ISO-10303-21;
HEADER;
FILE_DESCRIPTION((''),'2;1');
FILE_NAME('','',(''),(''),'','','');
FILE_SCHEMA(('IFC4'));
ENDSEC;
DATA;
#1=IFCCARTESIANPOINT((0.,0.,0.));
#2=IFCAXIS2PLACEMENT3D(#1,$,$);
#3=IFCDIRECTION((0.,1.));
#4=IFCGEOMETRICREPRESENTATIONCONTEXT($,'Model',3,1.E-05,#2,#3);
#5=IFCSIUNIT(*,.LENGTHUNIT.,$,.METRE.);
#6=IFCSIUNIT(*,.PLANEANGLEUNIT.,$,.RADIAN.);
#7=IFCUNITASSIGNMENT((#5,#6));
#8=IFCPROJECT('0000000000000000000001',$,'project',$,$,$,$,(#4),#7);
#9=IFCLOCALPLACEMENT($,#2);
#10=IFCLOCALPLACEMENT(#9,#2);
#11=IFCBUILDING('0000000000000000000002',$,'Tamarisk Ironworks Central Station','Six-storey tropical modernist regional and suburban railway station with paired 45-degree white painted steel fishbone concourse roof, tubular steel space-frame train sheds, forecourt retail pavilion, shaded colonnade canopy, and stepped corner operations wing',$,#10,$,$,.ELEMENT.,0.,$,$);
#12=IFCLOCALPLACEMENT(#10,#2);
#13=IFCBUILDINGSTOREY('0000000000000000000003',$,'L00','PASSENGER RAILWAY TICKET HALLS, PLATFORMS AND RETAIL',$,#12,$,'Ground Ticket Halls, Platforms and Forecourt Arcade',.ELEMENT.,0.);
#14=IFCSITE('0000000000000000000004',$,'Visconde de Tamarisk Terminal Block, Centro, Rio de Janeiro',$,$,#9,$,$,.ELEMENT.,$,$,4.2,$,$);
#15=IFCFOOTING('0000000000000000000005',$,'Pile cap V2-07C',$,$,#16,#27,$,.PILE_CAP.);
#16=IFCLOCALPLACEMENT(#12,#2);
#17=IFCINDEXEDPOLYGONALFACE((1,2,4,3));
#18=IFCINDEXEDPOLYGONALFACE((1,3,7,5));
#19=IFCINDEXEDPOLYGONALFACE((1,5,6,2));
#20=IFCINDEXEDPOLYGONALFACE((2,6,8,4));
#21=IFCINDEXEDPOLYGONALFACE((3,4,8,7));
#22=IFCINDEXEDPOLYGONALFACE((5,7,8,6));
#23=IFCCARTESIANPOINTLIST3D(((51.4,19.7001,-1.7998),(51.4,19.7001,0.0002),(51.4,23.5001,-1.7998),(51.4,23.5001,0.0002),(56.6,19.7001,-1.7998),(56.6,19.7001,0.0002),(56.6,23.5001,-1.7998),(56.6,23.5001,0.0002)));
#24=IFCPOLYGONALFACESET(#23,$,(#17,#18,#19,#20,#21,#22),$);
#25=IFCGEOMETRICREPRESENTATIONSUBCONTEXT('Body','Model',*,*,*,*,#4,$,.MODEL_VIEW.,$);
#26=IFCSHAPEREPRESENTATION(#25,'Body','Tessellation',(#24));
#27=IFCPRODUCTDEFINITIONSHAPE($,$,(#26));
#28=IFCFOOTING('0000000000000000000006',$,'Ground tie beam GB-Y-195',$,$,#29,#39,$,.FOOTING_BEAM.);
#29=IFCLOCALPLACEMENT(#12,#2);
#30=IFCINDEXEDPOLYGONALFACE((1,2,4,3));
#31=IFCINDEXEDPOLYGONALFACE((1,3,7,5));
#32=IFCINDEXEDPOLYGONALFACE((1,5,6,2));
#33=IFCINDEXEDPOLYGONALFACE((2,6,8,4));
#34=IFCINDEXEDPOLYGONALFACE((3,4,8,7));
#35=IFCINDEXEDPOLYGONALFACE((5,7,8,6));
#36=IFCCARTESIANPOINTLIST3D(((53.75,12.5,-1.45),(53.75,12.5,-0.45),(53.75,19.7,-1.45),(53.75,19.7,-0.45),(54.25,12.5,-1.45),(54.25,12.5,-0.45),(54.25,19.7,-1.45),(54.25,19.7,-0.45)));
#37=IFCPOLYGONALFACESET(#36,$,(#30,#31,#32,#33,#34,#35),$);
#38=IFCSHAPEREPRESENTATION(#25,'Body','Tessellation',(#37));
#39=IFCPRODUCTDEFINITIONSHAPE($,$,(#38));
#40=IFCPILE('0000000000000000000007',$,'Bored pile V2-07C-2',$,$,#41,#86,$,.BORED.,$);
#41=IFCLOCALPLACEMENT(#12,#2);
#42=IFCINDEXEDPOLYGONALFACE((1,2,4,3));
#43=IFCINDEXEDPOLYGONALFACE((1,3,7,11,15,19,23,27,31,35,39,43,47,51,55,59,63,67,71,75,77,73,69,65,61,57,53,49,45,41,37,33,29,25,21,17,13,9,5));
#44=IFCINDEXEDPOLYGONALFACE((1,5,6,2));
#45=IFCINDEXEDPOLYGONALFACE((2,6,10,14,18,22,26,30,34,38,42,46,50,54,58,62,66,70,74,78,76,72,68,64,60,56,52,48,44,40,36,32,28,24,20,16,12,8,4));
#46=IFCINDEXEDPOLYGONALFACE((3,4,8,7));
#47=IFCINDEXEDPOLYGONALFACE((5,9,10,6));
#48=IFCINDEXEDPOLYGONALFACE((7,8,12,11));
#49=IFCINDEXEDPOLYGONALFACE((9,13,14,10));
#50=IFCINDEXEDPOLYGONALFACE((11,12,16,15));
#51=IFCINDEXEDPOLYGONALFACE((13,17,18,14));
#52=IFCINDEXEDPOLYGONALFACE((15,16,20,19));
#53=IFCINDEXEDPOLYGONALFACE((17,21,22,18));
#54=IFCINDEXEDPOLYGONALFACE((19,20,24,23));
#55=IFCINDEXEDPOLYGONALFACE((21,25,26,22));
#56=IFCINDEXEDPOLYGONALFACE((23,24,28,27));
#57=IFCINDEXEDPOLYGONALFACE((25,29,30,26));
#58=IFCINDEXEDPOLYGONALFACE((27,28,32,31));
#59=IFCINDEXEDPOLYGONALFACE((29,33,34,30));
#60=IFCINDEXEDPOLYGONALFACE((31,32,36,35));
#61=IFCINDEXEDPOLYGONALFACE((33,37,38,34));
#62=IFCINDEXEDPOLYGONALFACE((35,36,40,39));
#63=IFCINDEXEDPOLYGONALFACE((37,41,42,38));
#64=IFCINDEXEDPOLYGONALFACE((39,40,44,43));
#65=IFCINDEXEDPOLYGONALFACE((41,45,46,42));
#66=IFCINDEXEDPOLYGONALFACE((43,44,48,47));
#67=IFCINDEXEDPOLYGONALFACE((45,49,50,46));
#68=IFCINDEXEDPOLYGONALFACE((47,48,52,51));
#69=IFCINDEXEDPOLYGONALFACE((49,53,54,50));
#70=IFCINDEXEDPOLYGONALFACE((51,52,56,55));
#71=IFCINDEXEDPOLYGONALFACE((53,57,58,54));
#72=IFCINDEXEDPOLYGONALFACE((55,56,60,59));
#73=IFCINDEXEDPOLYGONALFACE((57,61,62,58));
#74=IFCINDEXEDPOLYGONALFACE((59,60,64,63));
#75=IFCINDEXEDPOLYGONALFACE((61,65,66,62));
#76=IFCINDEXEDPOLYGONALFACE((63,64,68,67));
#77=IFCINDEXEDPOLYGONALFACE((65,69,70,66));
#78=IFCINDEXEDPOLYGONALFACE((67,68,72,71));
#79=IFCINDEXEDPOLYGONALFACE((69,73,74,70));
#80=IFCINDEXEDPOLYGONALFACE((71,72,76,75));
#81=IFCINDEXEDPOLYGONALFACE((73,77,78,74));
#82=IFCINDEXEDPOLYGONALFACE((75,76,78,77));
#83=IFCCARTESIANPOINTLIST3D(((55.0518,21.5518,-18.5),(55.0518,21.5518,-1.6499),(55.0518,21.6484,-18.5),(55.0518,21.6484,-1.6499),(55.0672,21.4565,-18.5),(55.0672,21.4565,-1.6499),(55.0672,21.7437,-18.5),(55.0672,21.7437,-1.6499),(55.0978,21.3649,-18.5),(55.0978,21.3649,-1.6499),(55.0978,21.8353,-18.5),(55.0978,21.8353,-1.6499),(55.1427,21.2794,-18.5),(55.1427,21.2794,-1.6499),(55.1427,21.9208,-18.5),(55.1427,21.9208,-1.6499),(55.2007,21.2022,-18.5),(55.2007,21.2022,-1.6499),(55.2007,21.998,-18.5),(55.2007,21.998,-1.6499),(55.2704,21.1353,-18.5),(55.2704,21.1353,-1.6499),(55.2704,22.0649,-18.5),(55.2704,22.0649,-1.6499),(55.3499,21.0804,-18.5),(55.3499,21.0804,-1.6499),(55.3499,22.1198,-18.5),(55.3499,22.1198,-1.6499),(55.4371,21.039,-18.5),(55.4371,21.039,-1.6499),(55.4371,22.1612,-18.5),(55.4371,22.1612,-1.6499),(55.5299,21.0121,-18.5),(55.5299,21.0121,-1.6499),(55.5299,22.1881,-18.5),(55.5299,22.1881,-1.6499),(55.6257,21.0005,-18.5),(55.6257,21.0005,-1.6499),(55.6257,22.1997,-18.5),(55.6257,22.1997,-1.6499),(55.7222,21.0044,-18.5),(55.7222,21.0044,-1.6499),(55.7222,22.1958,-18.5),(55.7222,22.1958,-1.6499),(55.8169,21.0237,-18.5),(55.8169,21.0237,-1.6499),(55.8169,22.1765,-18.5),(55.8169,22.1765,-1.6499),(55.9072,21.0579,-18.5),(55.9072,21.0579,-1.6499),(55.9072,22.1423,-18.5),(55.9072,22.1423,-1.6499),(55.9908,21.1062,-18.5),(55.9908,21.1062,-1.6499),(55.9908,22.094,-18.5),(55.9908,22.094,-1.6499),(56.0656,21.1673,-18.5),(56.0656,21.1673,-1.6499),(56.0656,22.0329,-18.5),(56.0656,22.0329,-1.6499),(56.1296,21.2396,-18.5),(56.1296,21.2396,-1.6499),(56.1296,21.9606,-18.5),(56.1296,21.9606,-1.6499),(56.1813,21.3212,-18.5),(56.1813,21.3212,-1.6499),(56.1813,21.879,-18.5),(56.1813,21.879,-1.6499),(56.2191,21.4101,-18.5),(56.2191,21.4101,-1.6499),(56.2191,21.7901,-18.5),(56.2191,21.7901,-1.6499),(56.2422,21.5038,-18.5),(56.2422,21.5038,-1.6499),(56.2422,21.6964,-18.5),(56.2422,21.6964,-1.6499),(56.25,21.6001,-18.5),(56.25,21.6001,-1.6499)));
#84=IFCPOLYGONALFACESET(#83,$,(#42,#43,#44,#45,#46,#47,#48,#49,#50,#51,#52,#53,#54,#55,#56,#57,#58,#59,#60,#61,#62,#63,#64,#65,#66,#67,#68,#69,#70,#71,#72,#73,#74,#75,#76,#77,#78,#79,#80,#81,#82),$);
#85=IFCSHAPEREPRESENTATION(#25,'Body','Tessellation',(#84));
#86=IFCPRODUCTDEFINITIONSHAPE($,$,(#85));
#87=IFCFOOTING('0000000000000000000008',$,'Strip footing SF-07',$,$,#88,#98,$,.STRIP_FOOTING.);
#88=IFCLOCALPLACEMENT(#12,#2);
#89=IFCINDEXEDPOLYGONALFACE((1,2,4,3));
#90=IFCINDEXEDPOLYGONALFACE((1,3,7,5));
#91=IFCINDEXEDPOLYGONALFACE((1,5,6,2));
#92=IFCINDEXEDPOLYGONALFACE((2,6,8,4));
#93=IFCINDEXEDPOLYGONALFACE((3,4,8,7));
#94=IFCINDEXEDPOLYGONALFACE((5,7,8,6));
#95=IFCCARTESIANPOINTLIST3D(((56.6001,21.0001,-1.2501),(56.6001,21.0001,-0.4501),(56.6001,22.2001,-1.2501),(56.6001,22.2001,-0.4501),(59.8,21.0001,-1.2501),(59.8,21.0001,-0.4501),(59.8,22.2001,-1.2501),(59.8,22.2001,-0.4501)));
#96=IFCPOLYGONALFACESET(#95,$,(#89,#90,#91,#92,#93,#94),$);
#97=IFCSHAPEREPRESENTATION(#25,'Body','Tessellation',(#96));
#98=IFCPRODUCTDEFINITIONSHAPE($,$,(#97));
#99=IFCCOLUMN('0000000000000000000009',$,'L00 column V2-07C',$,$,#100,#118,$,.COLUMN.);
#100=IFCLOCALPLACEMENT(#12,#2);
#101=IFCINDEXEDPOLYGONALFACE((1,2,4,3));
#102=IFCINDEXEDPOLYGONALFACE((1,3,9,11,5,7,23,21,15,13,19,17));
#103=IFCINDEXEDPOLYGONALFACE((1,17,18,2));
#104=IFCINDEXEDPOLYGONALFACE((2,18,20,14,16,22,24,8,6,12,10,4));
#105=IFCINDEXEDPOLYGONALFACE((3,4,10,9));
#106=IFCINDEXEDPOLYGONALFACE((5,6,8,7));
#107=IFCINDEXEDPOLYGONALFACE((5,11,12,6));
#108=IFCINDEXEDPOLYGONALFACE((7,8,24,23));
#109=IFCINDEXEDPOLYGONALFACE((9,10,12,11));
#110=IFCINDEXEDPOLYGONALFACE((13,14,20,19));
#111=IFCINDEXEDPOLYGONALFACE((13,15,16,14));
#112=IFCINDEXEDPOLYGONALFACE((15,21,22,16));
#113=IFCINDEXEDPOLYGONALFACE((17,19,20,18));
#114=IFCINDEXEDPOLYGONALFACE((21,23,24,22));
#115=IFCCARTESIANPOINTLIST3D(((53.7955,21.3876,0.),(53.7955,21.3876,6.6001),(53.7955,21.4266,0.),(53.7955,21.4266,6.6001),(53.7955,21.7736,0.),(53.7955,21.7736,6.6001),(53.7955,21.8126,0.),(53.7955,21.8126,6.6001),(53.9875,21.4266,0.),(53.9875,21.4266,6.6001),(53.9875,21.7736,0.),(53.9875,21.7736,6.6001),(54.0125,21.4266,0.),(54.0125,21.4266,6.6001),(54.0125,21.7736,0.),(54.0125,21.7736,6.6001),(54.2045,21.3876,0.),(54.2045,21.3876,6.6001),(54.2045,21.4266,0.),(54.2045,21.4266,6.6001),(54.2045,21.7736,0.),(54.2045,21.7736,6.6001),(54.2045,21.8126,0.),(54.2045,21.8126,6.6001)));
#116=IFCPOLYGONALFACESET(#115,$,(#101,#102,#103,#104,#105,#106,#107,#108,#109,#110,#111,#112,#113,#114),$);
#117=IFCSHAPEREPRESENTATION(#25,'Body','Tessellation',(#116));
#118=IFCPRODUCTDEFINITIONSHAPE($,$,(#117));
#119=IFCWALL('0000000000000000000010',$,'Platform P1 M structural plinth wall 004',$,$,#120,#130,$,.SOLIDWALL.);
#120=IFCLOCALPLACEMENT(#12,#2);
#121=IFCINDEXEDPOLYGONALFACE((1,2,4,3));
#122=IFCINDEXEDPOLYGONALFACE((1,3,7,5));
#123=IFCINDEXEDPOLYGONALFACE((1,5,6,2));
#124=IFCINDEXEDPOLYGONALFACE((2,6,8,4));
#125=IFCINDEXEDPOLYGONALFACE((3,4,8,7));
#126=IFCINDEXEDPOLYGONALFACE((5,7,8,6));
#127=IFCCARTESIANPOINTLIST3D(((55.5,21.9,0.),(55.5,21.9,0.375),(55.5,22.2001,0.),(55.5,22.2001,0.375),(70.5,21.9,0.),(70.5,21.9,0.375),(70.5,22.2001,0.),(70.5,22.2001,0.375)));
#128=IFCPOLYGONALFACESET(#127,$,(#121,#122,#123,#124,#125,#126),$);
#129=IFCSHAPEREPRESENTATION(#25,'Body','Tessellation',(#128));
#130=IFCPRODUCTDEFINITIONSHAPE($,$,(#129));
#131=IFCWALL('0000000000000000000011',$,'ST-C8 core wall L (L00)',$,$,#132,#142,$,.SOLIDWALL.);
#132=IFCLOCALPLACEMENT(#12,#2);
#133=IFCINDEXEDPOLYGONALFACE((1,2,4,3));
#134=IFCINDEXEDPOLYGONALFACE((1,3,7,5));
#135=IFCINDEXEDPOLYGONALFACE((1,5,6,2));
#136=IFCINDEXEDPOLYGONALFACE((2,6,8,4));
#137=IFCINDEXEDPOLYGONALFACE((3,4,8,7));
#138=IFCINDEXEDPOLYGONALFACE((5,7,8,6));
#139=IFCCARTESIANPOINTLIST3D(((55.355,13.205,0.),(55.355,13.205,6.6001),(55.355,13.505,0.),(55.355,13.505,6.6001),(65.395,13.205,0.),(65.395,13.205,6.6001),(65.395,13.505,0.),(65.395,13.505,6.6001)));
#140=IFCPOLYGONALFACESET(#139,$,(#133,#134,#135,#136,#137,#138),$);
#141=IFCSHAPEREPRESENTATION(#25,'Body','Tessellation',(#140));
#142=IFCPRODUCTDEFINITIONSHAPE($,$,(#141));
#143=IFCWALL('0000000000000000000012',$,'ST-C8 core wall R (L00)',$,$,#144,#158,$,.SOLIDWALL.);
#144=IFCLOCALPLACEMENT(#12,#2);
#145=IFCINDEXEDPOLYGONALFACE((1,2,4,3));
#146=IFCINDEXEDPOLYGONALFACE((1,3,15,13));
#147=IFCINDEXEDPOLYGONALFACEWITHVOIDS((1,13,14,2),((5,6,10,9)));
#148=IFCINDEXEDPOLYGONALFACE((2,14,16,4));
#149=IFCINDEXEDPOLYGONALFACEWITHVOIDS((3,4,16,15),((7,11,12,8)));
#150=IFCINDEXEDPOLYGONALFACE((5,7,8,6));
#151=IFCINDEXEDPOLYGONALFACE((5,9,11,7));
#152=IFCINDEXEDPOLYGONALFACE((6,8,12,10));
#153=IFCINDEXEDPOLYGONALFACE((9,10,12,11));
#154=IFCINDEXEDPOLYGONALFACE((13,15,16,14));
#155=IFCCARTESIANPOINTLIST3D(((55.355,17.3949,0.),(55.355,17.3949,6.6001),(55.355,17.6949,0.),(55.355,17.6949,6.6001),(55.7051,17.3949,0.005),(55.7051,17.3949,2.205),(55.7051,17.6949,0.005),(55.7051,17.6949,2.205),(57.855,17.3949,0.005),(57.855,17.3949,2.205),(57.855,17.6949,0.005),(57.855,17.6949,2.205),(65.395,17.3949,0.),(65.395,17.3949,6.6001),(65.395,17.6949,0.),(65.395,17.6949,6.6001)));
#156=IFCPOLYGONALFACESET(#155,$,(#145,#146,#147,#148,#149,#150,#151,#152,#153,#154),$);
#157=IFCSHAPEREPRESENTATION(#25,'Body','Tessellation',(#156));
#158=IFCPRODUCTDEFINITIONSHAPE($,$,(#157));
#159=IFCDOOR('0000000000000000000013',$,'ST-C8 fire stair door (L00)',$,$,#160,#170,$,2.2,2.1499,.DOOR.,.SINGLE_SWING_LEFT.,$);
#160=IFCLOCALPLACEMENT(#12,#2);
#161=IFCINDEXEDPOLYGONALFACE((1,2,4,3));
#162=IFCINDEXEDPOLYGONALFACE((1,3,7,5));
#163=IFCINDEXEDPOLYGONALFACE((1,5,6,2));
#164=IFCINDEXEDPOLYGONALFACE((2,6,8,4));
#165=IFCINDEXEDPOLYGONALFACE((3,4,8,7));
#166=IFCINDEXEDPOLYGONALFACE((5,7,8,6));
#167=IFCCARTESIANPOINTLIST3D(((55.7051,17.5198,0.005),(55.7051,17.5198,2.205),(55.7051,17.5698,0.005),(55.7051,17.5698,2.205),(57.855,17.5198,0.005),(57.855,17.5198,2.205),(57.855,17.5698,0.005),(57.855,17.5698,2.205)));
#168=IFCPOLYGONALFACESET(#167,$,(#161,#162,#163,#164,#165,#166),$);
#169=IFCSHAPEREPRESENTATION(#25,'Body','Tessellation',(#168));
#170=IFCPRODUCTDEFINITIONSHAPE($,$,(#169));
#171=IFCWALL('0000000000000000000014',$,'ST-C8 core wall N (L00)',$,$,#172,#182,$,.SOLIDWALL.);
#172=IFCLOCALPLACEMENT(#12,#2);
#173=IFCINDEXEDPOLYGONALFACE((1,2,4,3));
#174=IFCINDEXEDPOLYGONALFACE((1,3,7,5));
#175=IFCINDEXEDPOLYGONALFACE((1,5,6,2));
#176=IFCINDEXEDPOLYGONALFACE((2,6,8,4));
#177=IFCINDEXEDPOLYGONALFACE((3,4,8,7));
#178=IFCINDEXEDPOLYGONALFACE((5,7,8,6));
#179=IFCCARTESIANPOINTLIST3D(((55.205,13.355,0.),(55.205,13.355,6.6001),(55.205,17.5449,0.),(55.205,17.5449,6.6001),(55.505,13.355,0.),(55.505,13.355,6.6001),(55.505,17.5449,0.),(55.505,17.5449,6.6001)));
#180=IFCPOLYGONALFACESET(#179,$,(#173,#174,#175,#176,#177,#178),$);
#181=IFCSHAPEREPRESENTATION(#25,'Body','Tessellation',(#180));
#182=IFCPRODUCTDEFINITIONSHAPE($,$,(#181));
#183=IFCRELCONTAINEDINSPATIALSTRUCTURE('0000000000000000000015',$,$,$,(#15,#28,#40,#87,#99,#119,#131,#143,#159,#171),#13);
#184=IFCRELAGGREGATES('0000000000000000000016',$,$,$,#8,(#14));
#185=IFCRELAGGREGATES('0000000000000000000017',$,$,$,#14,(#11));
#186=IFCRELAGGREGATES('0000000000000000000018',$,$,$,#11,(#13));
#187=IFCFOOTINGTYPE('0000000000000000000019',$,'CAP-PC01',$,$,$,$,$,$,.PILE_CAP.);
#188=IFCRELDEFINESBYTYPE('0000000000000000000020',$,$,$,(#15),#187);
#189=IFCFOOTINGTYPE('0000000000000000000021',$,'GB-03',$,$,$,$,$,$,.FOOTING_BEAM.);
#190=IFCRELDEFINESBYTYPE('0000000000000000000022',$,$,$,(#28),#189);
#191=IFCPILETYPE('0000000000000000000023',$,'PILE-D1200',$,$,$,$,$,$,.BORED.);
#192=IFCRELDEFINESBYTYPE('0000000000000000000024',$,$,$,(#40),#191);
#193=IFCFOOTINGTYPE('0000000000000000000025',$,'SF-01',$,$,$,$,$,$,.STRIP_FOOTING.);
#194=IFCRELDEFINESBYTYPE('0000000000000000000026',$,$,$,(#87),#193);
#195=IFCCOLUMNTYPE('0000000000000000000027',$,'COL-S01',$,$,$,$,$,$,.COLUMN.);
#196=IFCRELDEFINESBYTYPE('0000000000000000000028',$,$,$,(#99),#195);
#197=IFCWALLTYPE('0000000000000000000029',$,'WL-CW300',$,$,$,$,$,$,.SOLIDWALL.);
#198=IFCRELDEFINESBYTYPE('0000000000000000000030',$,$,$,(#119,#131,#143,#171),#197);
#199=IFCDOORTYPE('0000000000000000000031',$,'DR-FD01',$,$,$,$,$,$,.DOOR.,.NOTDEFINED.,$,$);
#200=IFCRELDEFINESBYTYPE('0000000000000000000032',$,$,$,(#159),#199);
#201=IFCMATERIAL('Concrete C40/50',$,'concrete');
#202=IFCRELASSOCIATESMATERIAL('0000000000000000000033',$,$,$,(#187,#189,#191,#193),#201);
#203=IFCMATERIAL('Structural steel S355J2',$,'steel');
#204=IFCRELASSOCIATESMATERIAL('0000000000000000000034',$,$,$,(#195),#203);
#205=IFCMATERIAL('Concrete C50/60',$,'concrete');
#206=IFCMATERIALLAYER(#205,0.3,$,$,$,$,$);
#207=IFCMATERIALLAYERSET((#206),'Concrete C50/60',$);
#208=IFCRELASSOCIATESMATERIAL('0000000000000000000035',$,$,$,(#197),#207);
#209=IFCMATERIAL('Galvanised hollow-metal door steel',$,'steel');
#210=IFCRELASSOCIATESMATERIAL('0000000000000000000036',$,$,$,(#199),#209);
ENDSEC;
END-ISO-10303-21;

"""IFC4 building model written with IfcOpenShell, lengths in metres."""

from ifc_helpers import new_model, si_unit, direction, frame, frame_2d, origin, origin_2d, place, context, subcontext, project, spatial, rectangle, circle, i_section, extrude, material, layer, layer_set, material_profile, profile_set, type_object, element, fill, save


model = new_model("IFC4")

# Units and contexts
model_context = context("Model", 3, precision=1e-05, world=origin(), true_north=direction((0.0, 1.0)))
body_context = subcontext(model_context, "Body", "Model", "MODEL_VIEW")
ifc_project = project(units=[si_unit("LENGTHUNIT", "METRE"), si_unit("PLANEANGLEUNIT", "RADIAN")], contexts=[model_context])

# Site, building, storey
site_placement = place(None, origin())
site = spatial("IfcSite", under=ifc_project, at=site_placement, Name="Visconde de Tamarisk Terminal Block, Centro, Rio de Janeiro", CompositionType="ELEMENT", RefElevation=4.2)
building_placement = place(site_placement, origin())
building = spatial("IfcBuilding", under=site, at=building_placement, Name="Tamarisk Ironworks Central Station", Description="Six-storey tropical modernist regional and suburban railway station with paired 45-degree white painted steel fishbone concourse roof, tubular steel space-frame train sheds, forecourt retail pavilion, shaded colonnade canopy, and stepped corner operations wing", CompositionType="ELEMENT", ElevationOfRefHeight=0.0)
storey_placement = place(building_placement, origin())
storey = spatial("IfcBuildingStorey", under=building, at=storey_placement, Name="L00", Description="PASSENGER RAILWAY TICKET HALLS, PLATFORMS AND RETAIL", LongName="Ground Ticket Halls, Platforms and Forecourt Arcade", CompositionType="ELEMENT", Elevation=0.0)

# Footings
ifc_material_1 = material(Name="Concrete C40/50", Category="concrete")
footing_type_1 = type_object("IfcFootingType", Name="CAP-PC01", PredefinedType="PILE_CAP", material=ifc_material_1)
footing_1_placement = place(storey_placement, frame((54.0, 21.6001, -1.7998), z_axis=(0.0, 0.0, 1.0), x_axis=(1.0, 0.0, 0.0)))
element("IfcFooting", 1, at=footing_1_placement, inside=storey, type_object=footing_type_1, Name="Pile cap V2-07C", PredefinedType="PILE_CAP", context=body_context, shape_type="SweptSolid", body=[
    extrude(rectangle(XDim=5.2, YDim=3.8, at=origin_2d()), origin(), (0.0, 0.0, 1.0), 1.8),
])
ifc_material_profile_1 = material_profile(ifc_material_1, rectangle(XDim=0.5, YDim=1.0, at=origin_2d()), Name="GB03 500x1000")
ifc_profile_set_1 = profile_set([ifc_material_profile_1], Name="Concrete C40/50")
footing_type_2 = type_object("IfcFootingType", Name="GB-03", PredefinedType="FOOTING_BEAM", material=ifc_profile_set_1)
footing_2_placement = place(storey_placement, frame((54.0, 12.5, -0.95), z_axis=(0.0, 1.0, 0.0), x_axis=(-1.0, 0.0, 0.0)))
element("IfcFooting", 2, at=footing_2_placement, inside=storey, type_object=footing_type_2, Name="Ground tie beam GB-Y-195", PredefinedType="FOOTING_BEAM", context=body_context, shape_type="SweptSolid", body=[
    extrude(rectangle(XDim=0.5, YDim=1.0, at=origin_2d()), origin(), (0.0, 0.0, 1.0), 7.2),
])

# Pile
ifc_material_profile_2 = material_profile(ifc_material_1, circle(Radius=0.6001, at=origin_2d()), Name="BORED PILE D1200")
ifc_profile_set_2 = profile_set([ifc_material_profile_2], Name="Concrete C40/50")
pile_type = type_object("IfcPileType", Name="PILE-D1200", PredefinedType="BORED", material=ifc_profile_set_2)
pile_placement = place(storey_placement, frame((55.6499, 21.6001, -1.6499), z_axis=(0.0, 0.0, -1.0), x_axis=(1.0, 0.0, 0.0)))
element("IfcPile", 3, at=pile_placement, inside=storey, type_object=pile_type, Name="Bored pile V2-07C-2", PredefinedType="BORED", context=body_context, shape_type="SweptSolid", body=[
    extrude(circle(Radius=0.6001, at=origin_2d()), origin(), (0.0, 0.0, 1.0), 16.8501),
])

# Footing
ifc_material_profile_3 = material_profile(ifc_material_1, rectangle(XDim=1.2, YDim=0.8, at=origin_2d()), Name="SF01 1200x800")
ifc_profile_set_3 = profile_set([ifc_material_profile_3], Name="Concrete C40/50")
footing_type_3 = type_object("IfcFootingType", Name="SF-01", PredefinedType="STRIP_FOOTING", material=ifc_profile_set_3)
footing_3_placement = place(storey_placement, frame((56.6001, 21.6001, -0.8501), z_axis=(1.0, 0.0, 0.0), x_axis=(0.0, 1.0, 0.0)))
element("IfcFooting", 4, at=footing_3_placement, inside=storey, type_object=footing_type_3, Name="Strip footing SF-07", PredefinedType="STRIP_FOOTING", context=body_context, shape_type="SweptSolid", body=[
    extrude(rectangle(XDim=1.2, YDim=0.8, at=origin_2d()), origin(), (0.0, 0.0, 1.0), 3.2),
])

# Column
ifc_material_2 = material(Name="Structural steel S355J2", Category="steel")
ifc_material_profile_4 = material_profile(ifc_material_2, i_section(OverallWidth=0.4089, OverallDepth=0.425, WebThickness=0.0249, FlangeThickness=0.0391, at=origin_2d()), Name="HD 400x421")
ifc_profile_set_4 = profile_set([ifc_material_profile_4], Name="Structural steel S355J2")
column_type = type_object("IfcColumnType", Name="COL-S01", PredefinedType="COLUMN", material=ifc_profile_set_4)
column_placement = place(storey_placement, frame((54.0, 21.6001, 0.0), z_axis=(0.0, 0.0, 1.0), x_axis=(1.0, 0.0, 0.0)))
element("IfcColumn", 5, at=column_placement, inside=storey, type_object=column_type, Name="L00 column V2-07C", PredefinedType="COLUMN", context=body_context, shape_type="SweptSolid", body=[
    extrude(i_section(OverallWidth=0.4089, OverallDepth=0.425, WebThickness=0.0249, FlangeThickness=0.0391, at=origin_2d()), origin(), (0.0, 0.0, 1.0), 6.6001),
])

# Walls
ifc_material_3 = material(Name="Concrete C50/60", Category="concrete")
ifc_layer = layer(ifc_material_3, 0.3)
ifc_layer_set = layer_set([ifc_layer], Name="Concrete C50/60")
wall_type = type_object("IfcWallType", Name="WL-CW300", PredefinedType="SOLIDWALL", material=ifc_layer_set)
wall_1_placement = place(storey_placement, frame((55.5, 22.05, 0.0), z_axis=(0.0, 0.0, 1.0), x_axis=(1.0, 0.0, 0.0)))
element("IfcWall", 6, at=wall_1_placement, inside=storey, type_object=wall_type, Name="Platform P1 M structural plinth wall 004", PredefinedType="SOLIDWALL", context=body_context, shape_type="SweptSolid", body=[
    extrude(rectangle(XDim=15.0, YDim=0.3, at=frame_2d((7.5, 0.0))), origin(), (0.0, 0.0, 1.0), 0.375),
])
wall_2_placement = place(storey_placement, frame((55.355, 13.355, 0.0), z_axis=(0.0, 0.0, 1.0), x_axis=(1.0, 0.0, 0.0)))
element("IfcWall", 7, at=wall_2_placement, inside=storey, type_object=wall_type, Name="ST-C8 core wall L (L00)", PredefinedType="SOLIDWALL", context=body_context, shape_type="SweptSolid", body=[
    extrude(rectangle(XDim=10.04, YDim=0.3, at=frame_2d((5.02, 0.0))), origin(), (0.0, 0.0, 1.0), 6.6001),
])

# Wall, opening, door
wall_3_placement = place(storey_placement, frame((55.355, 17.5449, 0.0), z_axis=(0.0, 0.0, 1.0), x_axis=(1.0, 0.0, 0.0)))
wall_3 = element("IfcWall", 8, at=wall_3_placement, inside=storey, type_object=wall_type, Name="ST-C8 core wall R (L00)", PredefinedType="SOLIDWALL", context=body_context, shape_type="SweptSolid", body=[
    extrude(rectangle(XDim=10.04, YDim=0.3, at=frame_2d((5.02, 0.0))), origin(), (0.0, 0.0, 1.0), 6.6001),
])
opening_placement = place(wall_3_placement, frame((0.3501, 0.0, 0.0049)))
opening = element("IfcOpeningElement", 9, at=opening_placement, cuts=wall_3, PredefinedType="OPENING", context=body_context, shape_type="SweptSolid", body=[
    extrude(rectangle(XDim=2.1499, YDim=2.2, at=frame_2d((1.075, 1.1001))), frame((0.0, 0.1621, 0.0), z_axis=(0.0, -1.0, 0.0), x_axis=(1.0, 0.0, 0.0)), (0.0, 0.0, 1.0), 0.324),
])
ifc_material_4 = material(Name="Galvanised hollow-metal door steel", Category="steel")
door_type = type_object("IfcDoorType", Name="DR-FD01", OperationType="NOTDEFINED", PredefinedType="DOOR", material=ifc_material_4)
door_placement = place(opening_placement, origin())
door = element("IfcDoor", 10, at=door_placement, inside=storey, type_object=door_type, Name="ST-C8 fire stair door (L00)", OperationType="SINGLE_SWING_LEFT", OverallHeight=2.2, OverallWidth=2.1499, PredefinedType="DOOR", context=body_context, shape_type="SweptSolid", body=[
    extrude(rectangle(XDim=2.1499, YDim=2.2, at=frame_2d((1.075, 1.1001))), frame((0.0, 0.0249, 0.0), z_axis=(0.0, -1.0, 0.0), x_axis=(1.0, 0.0, 0.0)), (0.0, 0.0, 1.0), 0.05),
])
fill(opening, door)

# Wall
wall_4_placement = place(storey_placement, frame((55.355, 13.355, 0.0), z_axis=(0.0, 0.0, 1.0), x_axis=(0.0, 1.0, 0.0)))
element("IfcWall", 11, at=wall_4_placement, inside=storey, type_object=wall_type, Name="ST-C8 core wall N (L00)", PredefinedType="SOLIDWALL", context=body_context, shape_type="SweptSolid", body=[
    extrude(rectangle(XDim=4.1899, YDim=0.3, at=frame_2d((2.095, 0.0))), origin(), (0.0, 0.0, 1.0), 6.6001),
])

save(model, "model.ifc")
